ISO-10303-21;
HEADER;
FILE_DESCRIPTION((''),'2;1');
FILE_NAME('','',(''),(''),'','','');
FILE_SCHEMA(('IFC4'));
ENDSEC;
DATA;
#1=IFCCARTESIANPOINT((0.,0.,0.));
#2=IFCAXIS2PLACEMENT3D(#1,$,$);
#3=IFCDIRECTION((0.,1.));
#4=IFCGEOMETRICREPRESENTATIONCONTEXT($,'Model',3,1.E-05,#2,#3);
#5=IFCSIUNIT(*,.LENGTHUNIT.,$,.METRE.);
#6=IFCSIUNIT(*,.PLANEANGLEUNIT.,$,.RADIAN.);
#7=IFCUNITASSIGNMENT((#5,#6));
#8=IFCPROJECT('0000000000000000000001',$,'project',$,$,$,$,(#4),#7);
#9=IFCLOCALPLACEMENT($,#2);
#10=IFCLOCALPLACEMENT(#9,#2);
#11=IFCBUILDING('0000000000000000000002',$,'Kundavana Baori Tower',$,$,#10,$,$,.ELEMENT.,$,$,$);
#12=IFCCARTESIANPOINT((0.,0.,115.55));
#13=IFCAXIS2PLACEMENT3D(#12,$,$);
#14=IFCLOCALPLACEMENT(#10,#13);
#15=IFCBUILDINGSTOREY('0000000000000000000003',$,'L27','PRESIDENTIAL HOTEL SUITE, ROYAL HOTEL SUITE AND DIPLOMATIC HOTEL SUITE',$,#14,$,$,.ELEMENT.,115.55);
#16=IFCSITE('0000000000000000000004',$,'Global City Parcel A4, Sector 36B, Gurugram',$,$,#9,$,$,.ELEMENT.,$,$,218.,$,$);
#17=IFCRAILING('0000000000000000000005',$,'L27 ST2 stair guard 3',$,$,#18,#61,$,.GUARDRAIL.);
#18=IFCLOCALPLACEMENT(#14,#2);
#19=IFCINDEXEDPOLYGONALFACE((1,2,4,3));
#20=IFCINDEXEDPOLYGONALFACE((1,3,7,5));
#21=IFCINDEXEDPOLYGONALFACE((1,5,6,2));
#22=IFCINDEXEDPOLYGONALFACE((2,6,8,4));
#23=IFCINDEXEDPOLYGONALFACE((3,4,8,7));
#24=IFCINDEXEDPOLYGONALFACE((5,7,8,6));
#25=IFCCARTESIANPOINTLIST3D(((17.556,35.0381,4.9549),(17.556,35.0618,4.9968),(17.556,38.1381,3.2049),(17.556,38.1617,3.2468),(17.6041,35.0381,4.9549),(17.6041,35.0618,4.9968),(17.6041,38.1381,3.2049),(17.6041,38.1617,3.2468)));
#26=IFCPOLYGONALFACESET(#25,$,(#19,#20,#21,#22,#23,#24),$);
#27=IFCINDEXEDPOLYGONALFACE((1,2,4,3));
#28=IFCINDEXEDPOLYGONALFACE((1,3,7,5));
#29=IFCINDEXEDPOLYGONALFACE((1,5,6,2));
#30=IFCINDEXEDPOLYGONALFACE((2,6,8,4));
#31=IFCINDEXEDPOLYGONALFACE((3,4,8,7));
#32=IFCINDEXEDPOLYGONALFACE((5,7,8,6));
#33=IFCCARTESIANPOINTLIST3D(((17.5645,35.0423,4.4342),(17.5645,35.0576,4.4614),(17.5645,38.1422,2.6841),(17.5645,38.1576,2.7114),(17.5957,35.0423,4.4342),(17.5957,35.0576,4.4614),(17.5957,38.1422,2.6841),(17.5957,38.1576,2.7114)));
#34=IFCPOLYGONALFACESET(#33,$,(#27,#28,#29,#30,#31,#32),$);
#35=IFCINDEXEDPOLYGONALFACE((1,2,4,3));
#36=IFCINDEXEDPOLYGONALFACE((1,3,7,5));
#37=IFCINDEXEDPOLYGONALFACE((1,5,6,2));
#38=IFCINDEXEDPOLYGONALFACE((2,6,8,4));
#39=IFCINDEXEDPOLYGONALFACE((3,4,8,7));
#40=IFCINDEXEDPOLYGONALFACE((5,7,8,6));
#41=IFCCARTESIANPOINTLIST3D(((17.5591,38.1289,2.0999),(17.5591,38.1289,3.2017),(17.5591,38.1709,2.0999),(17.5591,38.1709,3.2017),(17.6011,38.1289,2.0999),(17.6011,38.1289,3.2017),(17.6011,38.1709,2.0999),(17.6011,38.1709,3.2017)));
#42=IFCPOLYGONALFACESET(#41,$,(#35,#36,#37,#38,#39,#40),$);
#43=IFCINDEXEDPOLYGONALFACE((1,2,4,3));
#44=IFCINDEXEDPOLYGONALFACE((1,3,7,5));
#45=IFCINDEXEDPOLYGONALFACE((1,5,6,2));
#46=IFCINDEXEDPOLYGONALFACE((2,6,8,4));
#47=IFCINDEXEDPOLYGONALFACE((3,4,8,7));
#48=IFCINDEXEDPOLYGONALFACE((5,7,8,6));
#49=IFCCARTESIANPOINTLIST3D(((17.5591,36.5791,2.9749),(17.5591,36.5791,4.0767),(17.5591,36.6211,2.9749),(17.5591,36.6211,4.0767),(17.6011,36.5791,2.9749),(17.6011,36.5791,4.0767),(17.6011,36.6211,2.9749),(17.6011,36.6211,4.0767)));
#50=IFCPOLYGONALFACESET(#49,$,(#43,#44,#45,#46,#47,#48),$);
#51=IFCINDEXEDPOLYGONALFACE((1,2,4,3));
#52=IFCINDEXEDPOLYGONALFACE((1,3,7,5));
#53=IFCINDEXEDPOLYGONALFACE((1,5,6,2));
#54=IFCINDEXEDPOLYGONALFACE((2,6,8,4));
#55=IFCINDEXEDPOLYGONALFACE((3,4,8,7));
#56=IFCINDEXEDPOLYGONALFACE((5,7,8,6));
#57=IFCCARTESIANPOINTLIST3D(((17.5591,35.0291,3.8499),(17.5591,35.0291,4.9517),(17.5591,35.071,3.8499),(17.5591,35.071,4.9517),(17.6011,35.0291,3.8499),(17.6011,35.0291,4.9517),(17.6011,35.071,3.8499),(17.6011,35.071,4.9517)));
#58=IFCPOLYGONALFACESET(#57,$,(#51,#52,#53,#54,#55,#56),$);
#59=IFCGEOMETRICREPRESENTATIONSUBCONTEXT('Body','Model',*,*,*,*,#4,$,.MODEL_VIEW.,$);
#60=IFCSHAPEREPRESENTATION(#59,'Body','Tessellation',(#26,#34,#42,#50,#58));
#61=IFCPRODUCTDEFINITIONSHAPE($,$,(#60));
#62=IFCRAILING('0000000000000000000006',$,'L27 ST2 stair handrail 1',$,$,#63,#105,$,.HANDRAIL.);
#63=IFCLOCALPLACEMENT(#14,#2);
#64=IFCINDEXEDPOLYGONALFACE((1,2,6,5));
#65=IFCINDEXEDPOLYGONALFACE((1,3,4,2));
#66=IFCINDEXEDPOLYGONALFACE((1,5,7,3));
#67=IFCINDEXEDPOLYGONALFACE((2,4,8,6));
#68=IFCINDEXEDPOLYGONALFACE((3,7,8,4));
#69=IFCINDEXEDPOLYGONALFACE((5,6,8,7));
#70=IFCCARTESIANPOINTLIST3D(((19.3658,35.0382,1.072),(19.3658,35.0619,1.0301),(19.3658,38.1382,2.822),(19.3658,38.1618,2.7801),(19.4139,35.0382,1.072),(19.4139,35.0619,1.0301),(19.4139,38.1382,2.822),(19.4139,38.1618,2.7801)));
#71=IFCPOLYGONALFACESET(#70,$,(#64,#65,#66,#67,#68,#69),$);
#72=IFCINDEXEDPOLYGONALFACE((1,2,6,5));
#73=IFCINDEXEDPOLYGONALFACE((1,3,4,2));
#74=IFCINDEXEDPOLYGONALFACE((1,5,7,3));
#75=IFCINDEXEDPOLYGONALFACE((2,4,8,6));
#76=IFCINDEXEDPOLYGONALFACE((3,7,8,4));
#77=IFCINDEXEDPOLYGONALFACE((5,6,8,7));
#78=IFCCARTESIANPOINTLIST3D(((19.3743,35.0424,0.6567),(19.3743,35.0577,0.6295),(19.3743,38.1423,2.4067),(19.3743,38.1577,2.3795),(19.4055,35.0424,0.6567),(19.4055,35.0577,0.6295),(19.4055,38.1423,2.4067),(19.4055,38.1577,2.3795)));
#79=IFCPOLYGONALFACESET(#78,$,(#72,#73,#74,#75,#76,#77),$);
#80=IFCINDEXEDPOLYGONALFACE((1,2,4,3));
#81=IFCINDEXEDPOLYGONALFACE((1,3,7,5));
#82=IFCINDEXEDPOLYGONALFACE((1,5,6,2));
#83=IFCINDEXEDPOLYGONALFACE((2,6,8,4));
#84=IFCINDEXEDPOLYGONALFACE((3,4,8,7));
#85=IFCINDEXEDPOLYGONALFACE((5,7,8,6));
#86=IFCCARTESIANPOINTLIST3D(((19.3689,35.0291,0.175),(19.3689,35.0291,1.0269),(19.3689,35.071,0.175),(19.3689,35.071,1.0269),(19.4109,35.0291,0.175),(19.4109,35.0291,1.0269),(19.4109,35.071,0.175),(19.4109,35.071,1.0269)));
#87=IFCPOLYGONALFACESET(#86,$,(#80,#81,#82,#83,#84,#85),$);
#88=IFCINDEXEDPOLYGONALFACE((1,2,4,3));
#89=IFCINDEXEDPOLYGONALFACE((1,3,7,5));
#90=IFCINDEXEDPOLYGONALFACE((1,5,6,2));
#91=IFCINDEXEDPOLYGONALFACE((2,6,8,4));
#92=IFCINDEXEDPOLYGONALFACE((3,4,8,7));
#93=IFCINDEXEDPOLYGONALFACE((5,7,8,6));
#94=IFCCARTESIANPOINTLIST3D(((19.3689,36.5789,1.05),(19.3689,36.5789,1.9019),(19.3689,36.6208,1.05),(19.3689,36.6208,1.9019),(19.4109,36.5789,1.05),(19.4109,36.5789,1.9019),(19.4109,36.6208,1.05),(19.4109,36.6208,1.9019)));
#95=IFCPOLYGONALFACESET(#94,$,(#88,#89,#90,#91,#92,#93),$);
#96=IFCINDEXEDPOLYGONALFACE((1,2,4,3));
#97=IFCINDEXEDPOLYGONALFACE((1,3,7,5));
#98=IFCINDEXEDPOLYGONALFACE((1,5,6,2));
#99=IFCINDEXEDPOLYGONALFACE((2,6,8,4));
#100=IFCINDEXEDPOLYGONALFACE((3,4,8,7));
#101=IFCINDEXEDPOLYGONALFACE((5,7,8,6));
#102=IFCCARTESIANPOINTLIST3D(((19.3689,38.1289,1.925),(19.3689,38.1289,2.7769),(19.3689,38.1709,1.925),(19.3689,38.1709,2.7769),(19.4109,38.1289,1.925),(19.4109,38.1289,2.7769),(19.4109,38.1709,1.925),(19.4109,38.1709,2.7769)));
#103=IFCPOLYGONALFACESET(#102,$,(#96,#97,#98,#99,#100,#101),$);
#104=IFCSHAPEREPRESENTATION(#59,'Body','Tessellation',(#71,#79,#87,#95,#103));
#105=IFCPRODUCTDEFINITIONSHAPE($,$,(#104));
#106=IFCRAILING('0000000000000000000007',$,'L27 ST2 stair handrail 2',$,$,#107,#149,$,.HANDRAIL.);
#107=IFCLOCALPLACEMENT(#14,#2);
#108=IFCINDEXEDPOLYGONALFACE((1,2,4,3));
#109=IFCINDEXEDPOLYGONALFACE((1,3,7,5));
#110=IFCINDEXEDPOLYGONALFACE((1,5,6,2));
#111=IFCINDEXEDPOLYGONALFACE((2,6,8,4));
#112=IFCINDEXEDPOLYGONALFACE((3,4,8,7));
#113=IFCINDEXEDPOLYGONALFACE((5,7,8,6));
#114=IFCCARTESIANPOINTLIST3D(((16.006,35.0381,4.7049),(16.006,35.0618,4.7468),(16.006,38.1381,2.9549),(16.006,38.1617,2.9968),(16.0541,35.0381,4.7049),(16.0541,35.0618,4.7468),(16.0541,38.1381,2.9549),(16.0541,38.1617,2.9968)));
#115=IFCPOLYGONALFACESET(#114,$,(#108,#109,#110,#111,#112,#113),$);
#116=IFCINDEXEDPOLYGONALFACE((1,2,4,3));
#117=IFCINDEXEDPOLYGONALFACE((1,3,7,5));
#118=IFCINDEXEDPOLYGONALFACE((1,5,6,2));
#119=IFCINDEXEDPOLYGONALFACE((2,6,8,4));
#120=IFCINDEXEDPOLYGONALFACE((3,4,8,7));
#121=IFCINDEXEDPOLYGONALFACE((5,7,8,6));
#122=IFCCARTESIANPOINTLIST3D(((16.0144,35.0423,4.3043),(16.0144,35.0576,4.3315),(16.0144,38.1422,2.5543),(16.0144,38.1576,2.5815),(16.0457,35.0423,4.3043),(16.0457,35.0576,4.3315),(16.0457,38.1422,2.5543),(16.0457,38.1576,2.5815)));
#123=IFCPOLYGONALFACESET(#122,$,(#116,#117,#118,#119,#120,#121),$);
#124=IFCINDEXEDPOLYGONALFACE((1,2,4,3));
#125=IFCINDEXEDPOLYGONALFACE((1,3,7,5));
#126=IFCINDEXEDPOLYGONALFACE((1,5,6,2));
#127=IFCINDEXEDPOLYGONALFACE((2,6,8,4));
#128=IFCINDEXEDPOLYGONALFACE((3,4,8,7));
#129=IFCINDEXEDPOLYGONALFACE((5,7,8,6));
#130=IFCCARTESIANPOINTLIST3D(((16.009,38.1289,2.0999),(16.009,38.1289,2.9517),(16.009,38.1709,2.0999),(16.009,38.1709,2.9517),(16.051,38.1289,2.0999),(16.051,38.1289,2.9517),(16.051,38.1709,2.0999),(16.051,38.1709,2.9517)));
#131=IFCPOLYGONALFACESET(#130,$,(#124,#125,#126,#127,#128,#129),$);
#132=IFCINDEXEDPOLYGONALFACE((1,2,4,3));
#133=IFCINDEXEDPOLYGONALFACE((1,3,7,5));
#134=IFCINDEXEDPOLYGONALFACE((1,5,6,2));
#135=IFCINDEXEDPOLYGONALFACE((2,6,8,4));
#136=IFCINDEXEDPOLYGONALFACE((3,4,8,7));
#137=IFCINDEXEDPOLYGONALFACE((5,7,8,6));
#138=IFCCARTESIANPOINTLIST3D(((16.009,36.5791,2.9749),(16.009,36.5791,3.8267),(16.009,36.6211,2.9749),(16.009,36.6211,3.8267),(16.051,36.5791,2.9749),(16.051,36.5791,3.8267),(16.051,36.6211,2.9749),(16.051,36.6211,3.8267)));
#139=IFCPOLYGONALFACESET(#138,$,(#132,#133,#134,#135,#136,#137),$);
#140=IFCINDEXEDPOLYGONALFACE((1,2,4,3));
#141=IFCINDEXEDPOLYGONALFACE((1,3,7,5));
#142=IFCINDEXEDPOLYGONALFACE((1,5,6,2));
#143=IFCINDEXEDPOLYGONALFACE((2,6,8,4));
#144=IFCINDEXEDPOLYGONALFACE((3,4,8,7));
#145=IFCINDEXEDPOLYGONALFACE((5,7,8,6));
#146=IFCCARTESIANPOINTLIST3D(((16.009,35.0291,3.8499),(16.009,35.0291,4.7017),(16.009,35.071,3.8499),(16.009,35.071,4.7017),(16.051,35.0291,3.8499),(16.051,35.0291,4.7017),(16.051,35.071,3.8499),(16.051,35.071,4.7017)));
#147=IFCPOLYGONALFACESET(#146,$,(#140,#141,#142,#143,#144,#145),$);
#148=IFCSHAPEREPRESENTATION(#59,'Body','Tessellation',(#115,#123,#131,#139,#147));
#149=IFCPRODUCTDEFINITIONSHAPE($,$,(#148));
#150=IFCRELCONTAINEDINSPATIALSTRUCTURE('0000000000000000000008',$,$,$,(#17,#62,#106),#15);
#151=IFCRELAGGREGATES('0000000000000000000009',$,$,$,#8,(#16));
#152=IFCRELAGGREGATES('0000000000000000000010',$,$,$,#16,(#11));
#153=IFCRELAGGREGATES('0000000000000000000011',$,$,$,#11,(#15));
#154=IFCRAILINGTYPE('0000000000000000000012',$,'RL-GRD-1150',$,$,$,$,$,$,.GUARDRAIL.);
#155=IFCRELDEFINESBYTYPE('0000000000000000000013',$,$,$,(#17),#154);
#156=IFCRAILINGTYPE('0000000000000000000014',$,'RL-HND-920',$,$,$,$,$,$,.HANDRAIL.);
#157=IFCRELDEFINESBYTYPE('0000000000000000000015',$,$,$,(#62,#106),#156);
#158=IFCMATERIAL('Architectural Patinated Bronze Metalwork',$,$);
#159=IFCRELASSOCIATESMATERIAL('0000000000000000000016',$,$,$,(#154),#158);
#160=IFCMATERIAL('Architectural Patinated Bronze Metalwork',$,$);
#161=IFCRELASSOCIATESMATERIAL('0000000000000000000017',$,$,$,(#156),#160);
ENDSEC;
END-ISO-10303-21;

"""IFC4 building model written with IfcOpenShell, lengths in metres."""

from ifc_helpers import new_model, si_unit, direction, frame, origin, origin_2d, place, context, subcontext, project, spatial, rectangle, extrude, material, type_object, element, save


model = new_model("IFC4")

# Units and contexts
model_context = context("Model", 3, precision=1e-05, world=origin(), true_north=direction((0.0, 1.0)))
body_context = subcontext(model_context, "Body", "Model", "MODEL_VIEW")
ifc_project = project(units=[si_unit("LENGTHUNIT", "METRE"), si_unit("PLANEANGLEUNIT", "RADIAN")], contexts=[model_context])

# Site, building, storey
site_placement = place(None, origin())
site = spatial("IfcSite", under=ifc_project, at=site_placement, Name="Global City Parcel A4, Sector 36B, Gurugram", CompositionType="ELEMENT", RefElevation=218.0)
building_placement = place(site_placement, origin())
building = spatial("IfcBuilding", under=site, at=building_placement, Name="Kundavana Baori Tower", CompositionType="ELEMENT")
storey_placement = place(building_placement, frame((0.0, 0.0, 115.55)))
storey = spatial("IfcBuildingStorey", under=building, at=storey_placement, Name="L27", Description="PRESIDENTIAL HOTEL SUITE, ROYAL HOTEL SUITE AND DIPLOMATIC HOTEL SUITE", CompositionType="ELEMENT", Elevation=115.55)

# Railings
ifc_material_1 = material(Name="Architectural Patinated Bronze Metalwork")
railing_type_1 = type_object("IfcRailingType", Name="RL-GRD-1150", PredefinedType="GUARDRAIL", material=ifc_material_1)
railing_1_placement = place(storey_placement, frame((17.5801, 38.1499, 2.0999)))
element("IfcRailing", 1, at=railing_1_placement, inside=storey, type_object=railing_type_1, Name="L27 ST2 stair guard 3", PredefinedType="GUARDRAIL", context=body_context, shape_type="SweptSolid", body=[
    extrude(rectangle(XDim=0.0481, YDim=0.0481, at=origin_2d()), frame((0.0, 0.0, 1.126), z_axis=(0.0, -0.870814, 0.491612), x_axis=(1.0, 0.0, 0.0)), (0.0, 0.0, 1.0), 3.5598),
    extrude(rectangle(XDim=0.0312, YDim=0.0312, at=origin_2d()), frame((0.0, 0.0, 0.5979), z_axis=(0.0, -0.870814, 0.491612), x_axis=(1.0, 0.0, 0.0)), (0.0, 0.0, 1.0), 3.5598),
    extrude(rectangle(XDim=0.042, YDim=0.042, at=origin_2d()), origin(), (0.0, 0.0, 1.0), 1.1018),
    extrude(rectangle(XDim=0.042, YDim=0.042, at=origin_2d()), frame((0.0, -1.5498, 0.875)), (0.0, 0.0, 1.0), 1.1018),
    extrude(rectangle(XDim=0.042, YDim=0.042, at=origin_2d()), frame((0.0, -3.0999, 1.75)), (0.0, 0.0, 1.0), 1.1018),
])
ifc_material_2 = material(Name="Architectural Patinated Bronze Metalwork")
railing_type_2 = type_object("IfcRailingType", Name="RL-HND-920", PredefinedType="HANDRAIL", material=ifc_material_2)
railing_2_placement = place(storey_placement, frame((19.3899, 35.05, 0.175)))
element("IfcRailing", 2, at=railing_2_placement, inside=storey, type_object=railing_type_2, Name="L27 ST2 stair handrail 1", PredefinedType="HANDRAIL", context=body_context, shape_type="SweptSolid", body=[
    extrude(rectangle(XDim=0.0481, YDim=0.0481, at=origin_2d()), frame((0.0, 0.0, 0.876), z_axis=(0.0, 0.870814, 0.491612), x_axis=(-1.0, 0.0, 0.0)), (0.0, 0.0, 1.0), 3.5598),
    extrude(rectangle(XDim=0.0312, YDim=0.0312, at=origin_2d()), frame((0.0, 0.0, 0.468), z_axis=(0.0, 0.870814, 0.491612), x_axis=(-1.0, 0.0, 0.0)), (0.0, 0.0, 1.0), 3.5598),
    extrude(rectangle(XDim=0.042, YDim=0.042, at=origin_2d()), origin(), (0.0, 0.0, 1.0), 0.8518),
    extrude(rectangle(XDim=0.042, YDim=0.042, at=origin_2d()), frame((0.0, 1.5498, 0.875)), (0.0, 0.0, 1.0), 0.8518),
    extrude(rectangle(XDim=0.042, YDim=0.042, at=origin_2d()), frame((0.0, 3.0999, 1.75)), (0.0, 0.0, 1.0), 0.8518),
])
railing_3_placement = place(storey_placement, frame((16.03, 38.1499, 2.0999)))
element("IfcRailing", 3, at=railing_3_placement, inside=storey, type_object=railing_type_2, Name="L27 ST2 stair handrail 2", PredefinedType="HANDRAIL", context=body_context, shape_type="SweptSolid", body=[
    extrude(rectangle(XDim=0.0481, YDim=0.0481, at=origin_2d()), frame((0.0, 0.0, 0.876), z_axis=(0.0, -0.870814, 0.491612), x_axis=(1.0, 0.0, 0.0)), (0.0, 0.0, 1.0), 3.5598),
    extrude(rectangle(XDim=0.0312, YDim=0.0312, at=origin_2d()), frame((0.0, 0.0, 0.468), z_axis=(0.0, -0.870814, 0.491612), x_axis=(1.0, 0.0, 0.0)), (0.0, 0.0, 1.0), 3.5598),
    extrude(rectangle(XDim=0.042, YDim=0.042, at=origin_2d()), origin(), (0.0, 0.0, 1.0), 0.8518),
    extrude(rectangle(XDim=0.042, YDim=0.042, at=origin_2d()), frame((0.0, -1.5498, 0.875)), (0.0, 0.0, 1.0), 0.8518),
    extrude(rectangle(XDim=0.042, YDim=0.042, at=origin_2d()), frame((0.0, -3.0999, 1.75)), (0.0, 0.0, 1.0), 0.8518),
])

save(model, "model.ifc")
